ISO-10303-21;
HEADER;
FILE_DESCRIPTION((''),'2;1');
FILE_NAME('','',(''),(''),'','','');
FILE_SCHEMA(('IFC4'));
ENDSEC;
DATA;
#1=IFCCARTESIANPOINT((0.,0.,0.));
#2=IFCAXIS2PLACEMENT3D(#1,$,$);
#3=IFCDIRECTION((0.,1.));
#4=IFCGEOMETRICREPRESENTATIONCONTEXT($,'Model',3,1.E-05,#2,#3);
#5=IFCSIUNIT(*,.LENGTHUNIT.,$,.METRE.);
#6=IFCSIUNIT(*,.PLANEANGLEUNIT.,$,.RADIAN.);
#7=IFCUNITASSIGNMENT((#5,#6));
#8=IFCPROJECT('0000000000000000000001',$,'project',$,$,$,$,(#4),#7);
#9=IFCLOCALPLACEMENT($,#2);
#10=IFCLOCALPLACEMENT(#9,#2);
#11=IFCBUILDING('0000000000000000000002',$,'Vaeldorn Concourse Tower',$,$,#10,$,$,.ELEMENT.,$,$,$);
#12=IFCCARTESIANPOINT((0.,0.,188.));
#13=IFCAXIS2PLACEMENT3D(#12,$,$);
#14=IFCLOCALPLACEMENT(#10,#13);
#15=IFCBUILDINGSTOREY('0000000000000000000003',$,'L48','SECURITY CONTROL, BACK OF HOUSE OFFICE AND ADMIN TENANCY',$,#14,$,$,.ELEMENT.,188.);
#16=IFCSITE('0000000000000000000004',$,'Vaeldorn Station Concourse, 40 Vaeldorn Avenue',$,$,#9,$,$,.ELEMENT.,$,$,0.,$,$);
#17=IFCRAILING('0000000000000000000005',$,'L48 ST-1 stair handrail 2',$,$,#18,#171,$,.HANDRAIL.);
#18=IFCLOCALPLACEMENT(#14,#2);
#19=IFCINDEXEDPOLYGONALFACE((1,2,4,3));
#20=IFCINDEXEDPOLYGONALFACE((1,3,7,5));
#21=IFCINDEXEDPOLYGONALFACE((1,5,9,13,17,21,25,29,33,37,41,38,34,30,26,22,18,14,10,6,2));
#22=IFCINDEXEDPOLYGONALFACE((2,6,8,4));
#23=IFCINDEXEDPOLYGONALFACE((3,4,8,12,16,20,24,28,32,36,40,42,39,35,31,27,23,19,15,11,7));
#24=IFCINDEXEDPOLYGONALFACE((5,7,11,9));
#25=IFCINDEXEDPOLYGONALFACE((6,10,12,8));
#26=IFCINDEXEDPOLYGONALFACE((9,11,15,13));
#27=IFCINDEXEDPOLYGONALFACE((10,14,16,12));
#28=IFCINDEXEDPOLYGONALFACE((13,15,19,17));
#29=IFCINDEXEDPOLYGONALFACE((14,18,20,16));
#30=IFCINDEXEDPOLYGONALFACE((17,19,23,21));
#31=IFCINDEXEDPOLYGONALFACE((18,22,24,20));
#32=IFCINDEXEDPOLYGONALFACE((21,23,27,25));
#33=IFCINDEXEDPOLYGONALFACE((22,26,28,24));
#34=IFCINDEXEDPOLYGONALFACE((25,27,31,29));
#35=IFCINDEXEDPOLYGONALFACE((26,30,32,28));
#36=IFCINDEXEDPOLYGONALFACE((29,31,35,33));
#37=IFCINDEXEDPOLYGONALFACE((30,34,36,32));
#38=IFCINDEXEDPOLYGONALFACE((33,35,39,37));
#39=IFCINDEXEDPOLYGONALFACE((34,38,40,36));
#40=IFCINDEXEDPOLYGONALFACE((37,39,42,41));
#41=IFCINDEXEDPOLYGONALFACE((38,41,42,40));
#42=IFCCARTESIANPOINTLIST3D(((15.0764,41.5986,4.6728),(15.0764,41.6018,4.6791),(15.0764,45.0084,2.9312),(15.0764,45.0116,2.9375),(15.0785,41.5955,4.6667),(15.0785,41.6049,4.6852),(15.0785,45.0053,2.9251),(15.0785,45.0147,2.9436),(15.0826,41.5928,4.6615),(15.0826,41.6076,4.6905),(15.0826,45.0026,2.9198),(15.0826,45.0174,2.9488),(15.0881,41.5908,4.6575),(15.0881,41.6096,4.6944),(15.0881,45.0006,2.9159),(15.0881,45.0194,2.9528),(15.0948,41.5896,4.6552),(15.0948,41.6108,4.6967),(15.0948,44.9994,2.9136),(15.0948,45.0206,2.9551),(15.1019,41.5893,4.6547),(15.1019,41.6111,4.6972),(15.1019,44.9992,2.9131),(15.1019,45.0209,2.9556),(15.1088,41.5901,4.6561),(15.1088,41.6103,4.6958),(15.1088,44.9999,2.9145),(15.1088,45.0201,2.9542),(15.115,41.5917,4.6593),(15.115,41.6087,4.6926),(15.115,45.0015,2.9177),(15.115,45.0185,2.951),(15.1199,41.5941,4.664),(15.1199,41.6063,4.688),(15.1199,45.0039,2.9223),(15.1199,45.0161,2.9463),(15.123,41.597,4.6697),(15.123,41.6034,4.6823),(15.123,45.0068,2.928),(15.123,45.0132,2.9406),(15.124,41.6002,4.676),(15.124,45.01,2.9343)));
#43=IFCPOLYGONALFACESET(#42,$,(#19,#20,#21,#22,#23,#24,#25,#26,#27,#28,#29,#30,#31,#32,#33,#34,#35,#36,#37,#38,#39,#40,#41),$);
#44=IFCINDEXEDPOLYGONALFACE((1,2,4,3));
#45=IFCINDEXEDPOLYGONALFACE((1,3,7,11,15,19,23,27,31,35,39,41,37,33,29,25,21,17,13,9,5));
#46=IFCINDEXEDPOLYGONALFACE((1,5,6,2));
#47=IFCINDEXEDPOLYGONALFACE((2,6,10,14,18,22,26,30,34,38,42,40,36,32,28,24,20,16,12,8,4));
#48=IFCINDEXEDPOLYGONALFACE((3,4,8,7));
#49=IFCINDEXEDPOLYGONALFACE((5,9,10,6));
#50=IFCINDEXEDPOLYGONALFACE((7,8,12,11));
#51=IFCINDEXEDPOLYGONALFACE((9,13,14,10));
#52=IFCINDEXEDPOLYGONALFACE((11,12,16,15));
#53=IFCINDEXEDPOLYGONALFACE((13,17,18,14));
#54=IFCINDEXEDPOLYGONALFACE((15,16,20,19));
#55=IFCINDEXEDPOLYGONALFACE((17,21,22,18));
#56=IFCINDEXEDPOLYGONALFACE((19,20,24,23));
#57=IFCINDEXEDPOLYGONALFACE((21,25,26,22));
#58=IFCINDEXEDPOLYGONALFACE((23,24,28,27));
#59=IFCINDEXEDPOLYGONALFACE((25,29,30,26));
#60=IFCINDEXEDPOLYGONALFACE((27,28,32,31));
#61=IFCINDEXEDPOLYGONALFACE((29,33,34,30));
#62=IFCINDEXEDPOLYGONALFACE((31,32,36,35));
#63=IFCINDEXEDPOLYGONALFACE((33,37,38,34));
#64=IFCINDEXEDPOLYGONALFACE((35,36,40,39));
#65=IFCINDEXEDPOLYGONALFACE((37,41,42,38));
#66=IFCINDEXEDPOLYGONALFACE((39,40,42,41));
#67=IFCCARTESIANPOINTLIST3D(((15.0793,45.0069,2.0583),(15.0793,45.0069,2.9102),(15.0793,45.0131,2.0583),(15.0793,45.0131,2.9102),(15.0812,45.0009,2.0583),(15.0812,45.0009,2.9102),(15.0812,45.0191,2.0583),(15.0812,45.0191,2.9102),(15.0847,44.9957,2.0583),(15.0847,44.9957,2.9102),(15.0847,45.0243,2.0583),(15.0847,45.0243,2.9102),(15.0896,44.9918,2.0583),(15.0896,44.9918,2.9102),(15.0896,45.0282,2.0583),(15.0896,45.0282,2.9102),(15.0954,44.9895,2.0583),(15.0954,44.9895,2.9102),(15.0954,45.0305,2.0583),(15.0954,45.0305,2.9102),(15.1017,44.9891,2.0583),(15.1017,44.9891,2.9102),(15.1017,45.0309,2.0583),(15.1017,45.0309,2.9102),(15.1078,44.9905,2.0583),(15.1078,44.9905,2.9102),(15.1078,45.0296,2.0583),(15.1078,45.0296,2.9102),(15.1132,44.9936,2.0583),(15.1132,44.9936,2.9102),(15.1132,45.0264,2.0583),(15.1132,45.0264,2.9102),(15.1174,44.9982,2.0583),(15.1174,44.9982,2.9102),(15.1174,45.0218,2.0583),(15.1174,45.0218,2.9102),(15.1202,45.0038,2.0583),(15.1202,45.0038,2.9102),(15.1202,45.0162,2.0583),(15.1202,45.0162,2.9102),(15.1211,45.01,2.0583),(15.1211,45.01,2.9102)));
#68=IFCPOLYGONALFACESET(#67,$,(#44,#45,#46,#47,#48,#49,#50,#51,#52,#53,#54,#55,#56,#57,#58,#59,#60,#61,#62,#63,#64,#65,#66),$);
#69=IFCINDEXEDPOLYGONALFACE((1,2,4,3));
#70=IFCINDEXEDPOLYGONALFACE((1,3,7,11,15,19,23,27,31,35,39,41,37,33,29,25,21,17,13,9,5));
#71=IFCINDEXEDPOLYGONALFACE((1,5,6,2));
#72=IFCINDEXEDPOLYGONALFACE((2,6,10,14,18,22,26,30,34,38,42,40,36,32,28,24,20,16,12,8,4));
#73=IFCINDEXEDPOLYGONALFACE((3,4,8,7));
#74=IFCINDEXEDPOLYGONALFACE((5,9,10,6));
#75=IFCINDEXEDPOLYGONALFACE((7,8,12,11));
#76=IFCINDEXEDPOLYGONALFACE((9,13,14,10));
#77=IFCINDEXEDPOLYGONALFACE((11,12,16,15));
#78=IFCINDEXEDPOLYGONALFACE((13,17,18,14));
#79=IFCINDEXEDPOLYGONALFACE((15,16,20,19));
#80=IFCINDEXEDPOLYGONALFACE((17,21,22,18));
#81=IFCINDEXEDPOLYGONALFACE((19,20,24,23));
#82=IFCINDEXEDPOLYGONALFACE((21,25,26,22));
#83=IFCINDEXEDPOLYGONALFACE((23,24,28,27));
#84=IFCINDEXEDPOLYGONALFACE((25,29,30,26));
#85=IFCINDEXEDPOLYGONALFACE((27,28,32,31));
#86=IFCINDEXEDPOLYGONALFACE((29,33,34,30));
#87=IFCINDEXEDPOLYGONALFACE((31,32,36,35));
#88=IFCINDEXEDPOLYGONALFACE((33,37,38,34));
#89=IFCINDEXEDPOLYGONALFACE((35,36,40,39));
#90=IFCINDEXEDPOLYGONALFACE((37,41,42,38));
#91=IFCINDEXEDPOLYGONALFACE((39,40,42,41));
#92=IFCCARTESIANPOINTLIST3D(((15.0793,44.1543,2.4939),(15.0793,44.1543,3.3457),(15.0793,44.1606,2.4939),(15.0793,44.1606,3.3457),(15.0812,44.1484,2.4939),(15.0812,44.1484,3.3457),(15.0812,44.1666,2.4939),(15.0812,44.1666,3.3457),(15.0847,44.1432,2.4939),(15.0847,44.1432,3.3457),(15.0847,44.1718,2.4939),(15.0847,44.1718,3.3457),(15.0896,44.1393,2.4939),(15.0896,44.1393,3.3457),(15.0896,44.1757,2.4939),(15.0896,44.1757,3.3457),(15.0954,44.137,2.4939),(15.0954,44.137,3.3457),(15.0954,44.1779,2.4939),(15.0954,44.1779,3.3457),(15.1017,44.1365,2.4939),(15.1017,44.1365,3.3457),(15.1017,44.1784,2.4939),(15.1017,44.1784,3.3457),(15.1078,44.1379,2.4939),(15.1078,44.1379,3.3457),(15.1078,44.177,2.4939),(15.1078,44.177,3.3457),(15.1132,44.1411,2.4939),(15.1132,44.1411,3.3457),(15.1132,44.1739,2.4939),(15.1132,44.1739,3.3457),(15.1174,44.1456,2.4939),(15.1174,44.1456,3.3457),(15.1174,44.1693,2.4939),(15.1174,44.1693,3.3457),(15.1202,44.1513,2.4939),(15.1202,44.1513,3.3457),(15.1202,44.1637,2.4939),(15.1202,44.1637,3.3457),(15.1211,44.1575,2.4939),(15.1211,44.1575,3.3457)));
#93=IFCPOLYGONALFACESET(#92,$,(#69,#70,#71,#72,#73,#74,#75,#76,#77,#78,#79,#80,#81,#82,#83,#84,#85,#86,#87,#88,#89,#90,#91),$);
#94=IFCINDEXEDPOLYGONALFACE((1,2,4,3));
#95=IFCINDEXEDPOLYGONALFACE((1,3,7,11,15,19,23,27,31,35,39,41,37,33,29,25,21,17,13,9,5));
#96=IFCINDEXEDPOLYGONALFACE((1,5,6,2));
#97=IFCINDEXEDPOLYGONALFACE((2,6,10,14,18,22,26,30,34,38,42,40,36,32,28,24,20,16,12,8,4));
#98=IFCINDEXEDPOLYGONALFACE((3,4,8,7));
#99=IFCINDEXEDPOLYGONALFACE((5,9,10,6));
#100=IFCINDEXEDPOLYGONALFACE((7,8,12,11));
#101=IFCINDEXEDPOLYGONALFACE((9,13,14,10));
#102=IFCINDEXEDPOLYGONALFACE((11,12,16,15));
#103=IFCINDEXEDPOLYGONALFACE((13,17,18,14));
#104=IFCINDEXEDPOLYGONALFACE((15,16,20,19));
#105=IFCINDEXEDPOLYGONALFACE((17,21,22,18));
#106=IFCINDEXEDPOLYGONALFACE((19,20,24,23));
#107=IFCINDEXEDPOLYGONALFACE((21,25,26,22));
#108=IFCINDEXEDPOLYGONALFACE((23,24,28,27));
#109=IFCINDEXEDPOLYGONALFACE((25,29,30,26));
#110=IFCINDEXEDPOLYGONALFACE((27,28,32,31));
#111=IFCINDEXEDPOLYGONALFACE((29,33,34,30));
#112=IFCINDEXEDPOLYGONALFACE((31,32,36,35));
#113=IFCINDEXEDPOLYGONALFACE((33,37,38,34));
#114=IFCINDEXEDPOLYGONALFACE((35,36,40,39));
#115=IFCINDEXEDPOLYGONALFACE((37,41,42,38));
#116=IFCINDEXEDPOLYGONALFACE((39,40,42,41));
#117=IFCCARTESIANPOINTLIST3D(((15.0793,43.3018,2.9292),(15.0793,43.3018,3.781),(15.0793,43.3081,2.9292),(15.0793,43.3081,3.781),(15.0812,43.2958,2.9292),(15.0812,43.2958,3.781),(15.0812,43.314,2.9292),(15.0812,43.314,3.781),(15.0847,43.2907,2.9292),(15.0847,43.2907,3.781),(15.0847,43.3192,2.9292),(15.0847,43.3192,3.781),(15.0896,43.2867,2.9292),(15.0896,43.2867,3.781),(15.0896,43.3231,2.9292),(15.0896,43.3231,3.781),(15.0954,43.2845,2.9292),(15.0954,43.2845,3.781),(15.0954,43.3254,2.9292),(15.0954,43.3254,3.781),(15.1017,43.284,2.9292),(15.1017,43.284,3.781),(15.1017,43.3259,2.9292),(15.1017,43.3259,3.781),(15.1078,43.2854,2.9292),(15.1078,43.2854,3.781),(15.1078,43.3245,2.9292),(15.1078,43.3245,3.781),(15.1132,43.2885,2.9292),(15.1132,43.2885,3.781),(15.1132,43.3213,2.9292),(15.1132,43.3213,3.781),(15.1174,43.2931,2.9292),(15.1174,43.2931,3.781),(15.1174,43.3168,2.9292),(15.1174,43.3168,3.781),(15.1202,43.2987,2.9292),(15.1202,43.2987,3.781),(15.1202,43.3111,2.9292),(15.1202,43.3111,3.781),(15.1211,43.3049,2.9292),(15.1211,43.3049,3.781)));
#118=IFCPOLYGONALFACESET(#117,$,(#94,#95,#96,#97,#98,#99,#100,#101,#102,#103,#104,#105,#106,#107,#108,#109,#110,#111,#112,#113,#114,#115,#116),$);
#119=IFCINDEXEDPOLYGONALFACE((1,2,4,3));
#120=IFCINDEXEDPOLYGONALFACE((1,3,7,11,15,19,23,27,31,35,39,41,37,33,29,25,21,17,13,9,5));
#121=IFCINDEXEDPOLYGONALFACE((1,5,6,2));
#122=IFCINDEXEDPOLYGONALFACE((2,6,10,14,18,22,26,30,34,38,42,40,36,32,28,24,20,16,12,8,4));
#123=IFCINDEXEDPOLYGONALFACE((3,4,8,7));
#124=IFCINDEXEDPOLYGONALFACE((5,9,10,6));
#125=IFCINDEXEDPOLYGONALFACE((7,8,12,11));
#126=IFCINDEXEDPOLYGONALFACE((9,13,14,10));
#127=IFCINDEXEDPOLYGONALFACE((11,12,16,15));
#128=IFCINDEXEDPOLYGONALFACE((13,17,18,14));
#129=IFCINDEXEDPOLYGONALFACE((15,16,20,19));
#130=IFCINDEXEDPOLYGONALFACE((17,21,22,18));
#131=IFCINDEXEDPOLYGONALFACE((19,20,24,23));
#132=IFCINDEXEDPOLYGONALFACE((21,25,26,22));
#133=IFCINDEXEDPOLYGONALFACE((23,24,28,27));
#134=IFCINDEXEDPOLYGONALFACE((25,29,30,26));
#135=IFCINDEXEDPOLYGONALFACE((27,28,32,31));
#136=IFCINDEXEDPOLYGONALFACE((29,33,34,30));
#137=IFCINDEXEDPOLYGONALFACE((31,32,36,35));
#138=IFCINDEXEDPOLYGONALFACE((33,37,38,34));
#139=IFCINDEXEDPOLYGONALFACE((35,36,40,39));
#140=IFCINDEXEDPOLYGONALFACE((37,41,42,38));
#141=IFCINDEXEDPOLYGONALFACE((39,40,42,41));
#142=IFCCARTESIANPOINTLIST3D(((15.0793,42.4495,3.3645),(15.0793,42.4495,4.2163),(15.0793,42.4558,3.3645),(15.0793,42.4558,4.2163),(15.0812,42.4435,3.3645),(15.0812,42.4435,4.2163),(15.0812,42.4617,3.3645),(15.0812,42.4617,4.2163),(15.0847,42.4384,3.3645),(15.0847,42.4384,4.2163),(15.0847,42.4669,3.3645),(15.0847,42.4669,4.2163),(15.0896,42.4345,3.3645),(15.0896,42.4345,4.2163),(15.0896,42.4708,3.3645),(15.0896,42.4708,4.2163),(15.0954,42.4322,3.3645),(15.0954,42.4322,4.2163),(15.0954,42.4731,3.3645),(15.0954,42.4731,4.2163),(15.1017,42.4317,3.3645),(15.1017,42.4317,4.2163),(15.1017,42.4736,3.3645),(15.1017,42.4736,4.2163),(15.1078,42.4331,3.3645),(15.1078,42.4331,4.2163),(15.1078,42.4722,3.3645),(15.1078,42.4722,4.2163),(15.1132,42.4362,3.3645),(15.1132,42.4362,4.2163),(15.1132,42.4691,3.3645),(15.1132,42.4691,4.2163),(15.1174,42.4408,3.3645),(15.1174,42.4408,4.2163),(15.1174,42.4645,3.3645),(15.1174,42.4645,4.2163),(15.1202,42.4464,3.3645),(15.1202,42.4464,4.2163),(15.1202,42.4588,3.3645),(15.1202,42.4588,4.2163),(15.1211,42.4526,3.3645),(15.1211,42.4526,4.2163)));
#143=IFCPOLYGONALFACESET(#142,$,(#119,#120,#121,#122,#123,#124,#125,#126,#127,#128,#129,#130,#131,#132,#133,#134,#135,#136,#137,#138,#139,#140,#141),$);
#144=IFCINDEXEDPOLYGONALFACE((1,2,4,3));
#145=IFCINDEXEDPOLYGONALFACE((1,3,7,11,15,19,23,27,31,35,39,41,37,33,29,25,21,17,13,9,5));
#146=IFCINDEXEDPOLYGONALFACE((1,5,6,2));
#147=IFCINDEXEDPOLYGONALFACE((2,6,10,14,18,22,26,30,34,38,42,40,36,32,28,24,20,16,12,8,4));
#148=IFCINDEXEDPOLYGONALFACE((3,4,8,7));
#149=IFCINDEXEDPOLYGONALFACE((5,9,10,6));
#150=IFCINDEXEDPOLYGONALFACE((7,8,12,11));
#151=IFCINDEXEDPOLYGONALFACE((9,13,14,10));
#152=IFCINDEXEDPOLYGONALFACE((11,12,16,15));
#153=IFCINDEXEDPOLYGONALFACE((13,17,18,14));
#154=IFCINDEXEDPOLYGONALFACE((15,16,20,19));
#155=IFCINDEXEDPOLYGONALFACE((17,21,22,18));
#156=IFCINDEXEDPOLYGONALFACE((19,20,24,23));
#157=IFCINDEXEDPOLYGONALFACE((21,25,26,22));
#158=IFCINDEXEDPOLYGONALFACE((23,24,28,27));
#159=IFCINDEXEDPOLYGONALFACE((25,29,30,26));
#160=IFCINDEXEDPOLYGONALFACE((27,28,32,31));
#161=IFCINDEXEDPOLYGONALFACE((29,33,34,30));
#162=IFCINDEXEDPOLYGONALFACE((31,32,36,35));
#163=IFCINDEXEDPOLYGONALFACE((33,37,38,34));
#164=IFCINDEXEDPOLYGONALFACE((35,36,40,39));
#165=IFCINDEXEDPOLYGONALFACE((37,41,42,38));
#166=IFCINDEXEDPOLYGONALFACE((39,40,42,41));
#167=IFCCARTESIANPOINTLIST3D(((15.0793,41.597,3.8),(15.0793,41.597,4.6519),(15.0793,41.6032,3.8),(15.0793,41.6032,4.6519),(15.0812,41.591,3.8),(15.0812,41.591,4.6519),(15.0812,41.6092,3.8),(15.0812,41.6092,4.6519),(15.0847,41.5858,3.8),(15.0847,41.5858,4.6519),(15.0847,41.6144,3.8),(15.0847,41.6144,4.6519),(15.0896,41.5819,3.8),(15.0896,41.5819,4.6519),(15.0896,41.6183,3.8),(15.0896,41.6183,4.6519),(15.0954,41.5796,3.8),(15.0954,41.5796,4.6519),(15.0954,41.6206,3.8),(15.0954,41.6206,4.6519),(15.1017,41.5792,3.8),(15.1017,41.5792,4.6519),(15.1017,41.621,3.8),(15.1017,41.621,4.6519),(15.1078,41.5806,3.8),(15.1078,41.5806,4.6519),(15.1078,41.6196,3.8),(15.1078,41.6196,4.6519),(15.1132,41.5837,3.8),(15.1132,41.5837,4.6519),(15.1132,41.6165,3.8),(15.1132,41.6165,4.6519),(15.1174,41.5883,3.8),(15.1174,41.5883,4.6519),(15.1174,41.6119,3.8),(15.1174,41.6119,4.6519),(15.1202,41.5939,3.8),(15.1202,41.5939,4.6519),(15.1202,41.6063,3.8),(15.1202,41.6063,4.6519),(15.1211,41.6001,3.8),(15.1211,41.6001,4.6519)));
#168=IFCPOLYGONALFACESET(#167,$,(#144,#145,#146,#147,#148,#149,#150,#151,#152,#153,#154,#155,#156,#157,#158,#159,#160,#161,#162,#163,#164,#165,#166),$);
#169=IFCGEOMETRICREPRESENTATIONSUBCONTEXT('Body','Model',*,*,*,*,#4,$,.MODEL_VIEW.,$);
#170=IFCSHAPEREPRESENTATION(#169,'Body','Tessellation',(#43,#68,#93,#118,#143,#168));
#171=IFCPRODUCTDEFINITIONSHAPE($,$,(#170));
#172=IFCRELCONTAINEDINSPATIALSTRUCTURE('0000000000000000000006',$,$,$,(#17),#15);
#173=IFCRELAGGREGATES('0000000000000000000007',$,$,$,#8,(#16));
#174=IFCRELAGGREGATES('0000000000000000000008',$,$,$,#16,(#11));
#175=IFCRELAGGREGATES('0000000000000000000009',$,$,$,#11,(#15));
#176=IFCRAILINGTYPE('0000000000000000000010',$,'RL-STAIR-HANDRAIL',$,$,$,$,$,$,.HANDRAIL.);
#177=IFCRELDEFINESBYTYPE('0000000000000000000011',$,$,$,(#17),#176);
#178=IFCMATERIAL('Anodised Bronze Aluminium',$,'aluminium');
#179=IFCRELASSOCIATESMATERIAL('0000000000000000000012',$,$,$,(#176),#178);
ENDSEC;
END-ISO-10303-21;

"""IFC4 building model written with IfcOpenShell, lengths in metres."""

from ifc_helpers import new_model, si_unit, direction, frame, origin, origin_2d, place, context, subcontext, project, spatial, circle, extrude, material, type_object, element, save


model = new_model("IFC4")

# Units and contexts
model_context = context("Model", 3, precision=1e-05, world=origin(), true_north=direction((0.0, 1.0)))
body_context = subcontext(model_context, "Body", "Model", "MODEL_VIEW")
ifc_project = project(units=[si_unit("LENGTHUNIT", "METRE"), si_unit("PLANEANGLEUNIT", "RADIAN")], contexts=[model_context])

# Site, building, storey
site_placement = place(None, origin())
site = spatial("IfcSite", under=ifc_project, at=site_placement, Name="Vaeldorn Station Concourse, 40 Vaeldorn Avenue", CompositionType="ELEMENT", RefElevation=0.0)
building_placement = place(site_placement, origin())
building = spatial("IfcBuilding", under=site, at=building_placement, Name="Vaeldorn Concourse Tower", CompositionType="ELEMENT")
storey_placement = place(building_placement, frame((0.0, 0.0, 188.0)))
storey = spatial("IfcBuildingStorey", under=building, at=storey_placement, Name="L48", Description="SECURITY CONTROL, BACK OF HOUSE OFFICE AND ADMIN TENANCY", CompositionType="ELEMENT", Elevation=188.0)

# Shared definitions
ifc_material_1 = material(Name="Anodised Bronze Aluminium", Category="aluminium")

# Railing
railing_type_1 = type_object("IfcRailingType", Name="RL-STAIR-HANDRAIL", PredefinedType="HANDRAIL", material=ifc_material_1)
railing_1_placement = place(storey_placement, frame((15.1001, 45.01, 2.0583)))
element("IfcRailing", 1, at=railing_1_placement, inside=storey, type_object=railing_type_1, Name="L48 ST-1 stair handrail 2", PredefinedType="HANDRAIL", context=body_context, shape_type="SweptSolid", body=[
    extrude(circle(Radius=0.0239, at=origin_2d()), frame((0.0, 0.0, 0.876), z_axis=(0.0, -0.890556, 0.454874), x_axis=(1.0, 0.0, 0.0)), (0.0, 0.0, 1.0), 3.8289),
    extrude(circle(Radius=0.021, at=origin_2d()), origin(), (0.0, 0.0, 1.0), 0.8518),
    extrude(circle(Radius=0.021, at=origin_2d()), frame((0.0, -0.8525, 0.4355)), (0.0, 0.0, 1.0), 0.8518),
    extrude(circle(Radius=0.021, at=origin_2d()), frame((0.0, -1.7051, 0.8708)), (0.0, 0.0, 1.0), 0.8518),
    extrude(circle(Radius=0.021, at=origin_2d()), frame((0.0, -2.5574, 1.3062)), (0.0, 0.0, 1.0), 0.8518),
    extrude(circle(Radius=0.021, at=origin_2d()), frame((0.0, -3.4099, 1.7417)), (0.0, 0.0, 1.0), 0.8518),
])

save(model, "model.ifc")
